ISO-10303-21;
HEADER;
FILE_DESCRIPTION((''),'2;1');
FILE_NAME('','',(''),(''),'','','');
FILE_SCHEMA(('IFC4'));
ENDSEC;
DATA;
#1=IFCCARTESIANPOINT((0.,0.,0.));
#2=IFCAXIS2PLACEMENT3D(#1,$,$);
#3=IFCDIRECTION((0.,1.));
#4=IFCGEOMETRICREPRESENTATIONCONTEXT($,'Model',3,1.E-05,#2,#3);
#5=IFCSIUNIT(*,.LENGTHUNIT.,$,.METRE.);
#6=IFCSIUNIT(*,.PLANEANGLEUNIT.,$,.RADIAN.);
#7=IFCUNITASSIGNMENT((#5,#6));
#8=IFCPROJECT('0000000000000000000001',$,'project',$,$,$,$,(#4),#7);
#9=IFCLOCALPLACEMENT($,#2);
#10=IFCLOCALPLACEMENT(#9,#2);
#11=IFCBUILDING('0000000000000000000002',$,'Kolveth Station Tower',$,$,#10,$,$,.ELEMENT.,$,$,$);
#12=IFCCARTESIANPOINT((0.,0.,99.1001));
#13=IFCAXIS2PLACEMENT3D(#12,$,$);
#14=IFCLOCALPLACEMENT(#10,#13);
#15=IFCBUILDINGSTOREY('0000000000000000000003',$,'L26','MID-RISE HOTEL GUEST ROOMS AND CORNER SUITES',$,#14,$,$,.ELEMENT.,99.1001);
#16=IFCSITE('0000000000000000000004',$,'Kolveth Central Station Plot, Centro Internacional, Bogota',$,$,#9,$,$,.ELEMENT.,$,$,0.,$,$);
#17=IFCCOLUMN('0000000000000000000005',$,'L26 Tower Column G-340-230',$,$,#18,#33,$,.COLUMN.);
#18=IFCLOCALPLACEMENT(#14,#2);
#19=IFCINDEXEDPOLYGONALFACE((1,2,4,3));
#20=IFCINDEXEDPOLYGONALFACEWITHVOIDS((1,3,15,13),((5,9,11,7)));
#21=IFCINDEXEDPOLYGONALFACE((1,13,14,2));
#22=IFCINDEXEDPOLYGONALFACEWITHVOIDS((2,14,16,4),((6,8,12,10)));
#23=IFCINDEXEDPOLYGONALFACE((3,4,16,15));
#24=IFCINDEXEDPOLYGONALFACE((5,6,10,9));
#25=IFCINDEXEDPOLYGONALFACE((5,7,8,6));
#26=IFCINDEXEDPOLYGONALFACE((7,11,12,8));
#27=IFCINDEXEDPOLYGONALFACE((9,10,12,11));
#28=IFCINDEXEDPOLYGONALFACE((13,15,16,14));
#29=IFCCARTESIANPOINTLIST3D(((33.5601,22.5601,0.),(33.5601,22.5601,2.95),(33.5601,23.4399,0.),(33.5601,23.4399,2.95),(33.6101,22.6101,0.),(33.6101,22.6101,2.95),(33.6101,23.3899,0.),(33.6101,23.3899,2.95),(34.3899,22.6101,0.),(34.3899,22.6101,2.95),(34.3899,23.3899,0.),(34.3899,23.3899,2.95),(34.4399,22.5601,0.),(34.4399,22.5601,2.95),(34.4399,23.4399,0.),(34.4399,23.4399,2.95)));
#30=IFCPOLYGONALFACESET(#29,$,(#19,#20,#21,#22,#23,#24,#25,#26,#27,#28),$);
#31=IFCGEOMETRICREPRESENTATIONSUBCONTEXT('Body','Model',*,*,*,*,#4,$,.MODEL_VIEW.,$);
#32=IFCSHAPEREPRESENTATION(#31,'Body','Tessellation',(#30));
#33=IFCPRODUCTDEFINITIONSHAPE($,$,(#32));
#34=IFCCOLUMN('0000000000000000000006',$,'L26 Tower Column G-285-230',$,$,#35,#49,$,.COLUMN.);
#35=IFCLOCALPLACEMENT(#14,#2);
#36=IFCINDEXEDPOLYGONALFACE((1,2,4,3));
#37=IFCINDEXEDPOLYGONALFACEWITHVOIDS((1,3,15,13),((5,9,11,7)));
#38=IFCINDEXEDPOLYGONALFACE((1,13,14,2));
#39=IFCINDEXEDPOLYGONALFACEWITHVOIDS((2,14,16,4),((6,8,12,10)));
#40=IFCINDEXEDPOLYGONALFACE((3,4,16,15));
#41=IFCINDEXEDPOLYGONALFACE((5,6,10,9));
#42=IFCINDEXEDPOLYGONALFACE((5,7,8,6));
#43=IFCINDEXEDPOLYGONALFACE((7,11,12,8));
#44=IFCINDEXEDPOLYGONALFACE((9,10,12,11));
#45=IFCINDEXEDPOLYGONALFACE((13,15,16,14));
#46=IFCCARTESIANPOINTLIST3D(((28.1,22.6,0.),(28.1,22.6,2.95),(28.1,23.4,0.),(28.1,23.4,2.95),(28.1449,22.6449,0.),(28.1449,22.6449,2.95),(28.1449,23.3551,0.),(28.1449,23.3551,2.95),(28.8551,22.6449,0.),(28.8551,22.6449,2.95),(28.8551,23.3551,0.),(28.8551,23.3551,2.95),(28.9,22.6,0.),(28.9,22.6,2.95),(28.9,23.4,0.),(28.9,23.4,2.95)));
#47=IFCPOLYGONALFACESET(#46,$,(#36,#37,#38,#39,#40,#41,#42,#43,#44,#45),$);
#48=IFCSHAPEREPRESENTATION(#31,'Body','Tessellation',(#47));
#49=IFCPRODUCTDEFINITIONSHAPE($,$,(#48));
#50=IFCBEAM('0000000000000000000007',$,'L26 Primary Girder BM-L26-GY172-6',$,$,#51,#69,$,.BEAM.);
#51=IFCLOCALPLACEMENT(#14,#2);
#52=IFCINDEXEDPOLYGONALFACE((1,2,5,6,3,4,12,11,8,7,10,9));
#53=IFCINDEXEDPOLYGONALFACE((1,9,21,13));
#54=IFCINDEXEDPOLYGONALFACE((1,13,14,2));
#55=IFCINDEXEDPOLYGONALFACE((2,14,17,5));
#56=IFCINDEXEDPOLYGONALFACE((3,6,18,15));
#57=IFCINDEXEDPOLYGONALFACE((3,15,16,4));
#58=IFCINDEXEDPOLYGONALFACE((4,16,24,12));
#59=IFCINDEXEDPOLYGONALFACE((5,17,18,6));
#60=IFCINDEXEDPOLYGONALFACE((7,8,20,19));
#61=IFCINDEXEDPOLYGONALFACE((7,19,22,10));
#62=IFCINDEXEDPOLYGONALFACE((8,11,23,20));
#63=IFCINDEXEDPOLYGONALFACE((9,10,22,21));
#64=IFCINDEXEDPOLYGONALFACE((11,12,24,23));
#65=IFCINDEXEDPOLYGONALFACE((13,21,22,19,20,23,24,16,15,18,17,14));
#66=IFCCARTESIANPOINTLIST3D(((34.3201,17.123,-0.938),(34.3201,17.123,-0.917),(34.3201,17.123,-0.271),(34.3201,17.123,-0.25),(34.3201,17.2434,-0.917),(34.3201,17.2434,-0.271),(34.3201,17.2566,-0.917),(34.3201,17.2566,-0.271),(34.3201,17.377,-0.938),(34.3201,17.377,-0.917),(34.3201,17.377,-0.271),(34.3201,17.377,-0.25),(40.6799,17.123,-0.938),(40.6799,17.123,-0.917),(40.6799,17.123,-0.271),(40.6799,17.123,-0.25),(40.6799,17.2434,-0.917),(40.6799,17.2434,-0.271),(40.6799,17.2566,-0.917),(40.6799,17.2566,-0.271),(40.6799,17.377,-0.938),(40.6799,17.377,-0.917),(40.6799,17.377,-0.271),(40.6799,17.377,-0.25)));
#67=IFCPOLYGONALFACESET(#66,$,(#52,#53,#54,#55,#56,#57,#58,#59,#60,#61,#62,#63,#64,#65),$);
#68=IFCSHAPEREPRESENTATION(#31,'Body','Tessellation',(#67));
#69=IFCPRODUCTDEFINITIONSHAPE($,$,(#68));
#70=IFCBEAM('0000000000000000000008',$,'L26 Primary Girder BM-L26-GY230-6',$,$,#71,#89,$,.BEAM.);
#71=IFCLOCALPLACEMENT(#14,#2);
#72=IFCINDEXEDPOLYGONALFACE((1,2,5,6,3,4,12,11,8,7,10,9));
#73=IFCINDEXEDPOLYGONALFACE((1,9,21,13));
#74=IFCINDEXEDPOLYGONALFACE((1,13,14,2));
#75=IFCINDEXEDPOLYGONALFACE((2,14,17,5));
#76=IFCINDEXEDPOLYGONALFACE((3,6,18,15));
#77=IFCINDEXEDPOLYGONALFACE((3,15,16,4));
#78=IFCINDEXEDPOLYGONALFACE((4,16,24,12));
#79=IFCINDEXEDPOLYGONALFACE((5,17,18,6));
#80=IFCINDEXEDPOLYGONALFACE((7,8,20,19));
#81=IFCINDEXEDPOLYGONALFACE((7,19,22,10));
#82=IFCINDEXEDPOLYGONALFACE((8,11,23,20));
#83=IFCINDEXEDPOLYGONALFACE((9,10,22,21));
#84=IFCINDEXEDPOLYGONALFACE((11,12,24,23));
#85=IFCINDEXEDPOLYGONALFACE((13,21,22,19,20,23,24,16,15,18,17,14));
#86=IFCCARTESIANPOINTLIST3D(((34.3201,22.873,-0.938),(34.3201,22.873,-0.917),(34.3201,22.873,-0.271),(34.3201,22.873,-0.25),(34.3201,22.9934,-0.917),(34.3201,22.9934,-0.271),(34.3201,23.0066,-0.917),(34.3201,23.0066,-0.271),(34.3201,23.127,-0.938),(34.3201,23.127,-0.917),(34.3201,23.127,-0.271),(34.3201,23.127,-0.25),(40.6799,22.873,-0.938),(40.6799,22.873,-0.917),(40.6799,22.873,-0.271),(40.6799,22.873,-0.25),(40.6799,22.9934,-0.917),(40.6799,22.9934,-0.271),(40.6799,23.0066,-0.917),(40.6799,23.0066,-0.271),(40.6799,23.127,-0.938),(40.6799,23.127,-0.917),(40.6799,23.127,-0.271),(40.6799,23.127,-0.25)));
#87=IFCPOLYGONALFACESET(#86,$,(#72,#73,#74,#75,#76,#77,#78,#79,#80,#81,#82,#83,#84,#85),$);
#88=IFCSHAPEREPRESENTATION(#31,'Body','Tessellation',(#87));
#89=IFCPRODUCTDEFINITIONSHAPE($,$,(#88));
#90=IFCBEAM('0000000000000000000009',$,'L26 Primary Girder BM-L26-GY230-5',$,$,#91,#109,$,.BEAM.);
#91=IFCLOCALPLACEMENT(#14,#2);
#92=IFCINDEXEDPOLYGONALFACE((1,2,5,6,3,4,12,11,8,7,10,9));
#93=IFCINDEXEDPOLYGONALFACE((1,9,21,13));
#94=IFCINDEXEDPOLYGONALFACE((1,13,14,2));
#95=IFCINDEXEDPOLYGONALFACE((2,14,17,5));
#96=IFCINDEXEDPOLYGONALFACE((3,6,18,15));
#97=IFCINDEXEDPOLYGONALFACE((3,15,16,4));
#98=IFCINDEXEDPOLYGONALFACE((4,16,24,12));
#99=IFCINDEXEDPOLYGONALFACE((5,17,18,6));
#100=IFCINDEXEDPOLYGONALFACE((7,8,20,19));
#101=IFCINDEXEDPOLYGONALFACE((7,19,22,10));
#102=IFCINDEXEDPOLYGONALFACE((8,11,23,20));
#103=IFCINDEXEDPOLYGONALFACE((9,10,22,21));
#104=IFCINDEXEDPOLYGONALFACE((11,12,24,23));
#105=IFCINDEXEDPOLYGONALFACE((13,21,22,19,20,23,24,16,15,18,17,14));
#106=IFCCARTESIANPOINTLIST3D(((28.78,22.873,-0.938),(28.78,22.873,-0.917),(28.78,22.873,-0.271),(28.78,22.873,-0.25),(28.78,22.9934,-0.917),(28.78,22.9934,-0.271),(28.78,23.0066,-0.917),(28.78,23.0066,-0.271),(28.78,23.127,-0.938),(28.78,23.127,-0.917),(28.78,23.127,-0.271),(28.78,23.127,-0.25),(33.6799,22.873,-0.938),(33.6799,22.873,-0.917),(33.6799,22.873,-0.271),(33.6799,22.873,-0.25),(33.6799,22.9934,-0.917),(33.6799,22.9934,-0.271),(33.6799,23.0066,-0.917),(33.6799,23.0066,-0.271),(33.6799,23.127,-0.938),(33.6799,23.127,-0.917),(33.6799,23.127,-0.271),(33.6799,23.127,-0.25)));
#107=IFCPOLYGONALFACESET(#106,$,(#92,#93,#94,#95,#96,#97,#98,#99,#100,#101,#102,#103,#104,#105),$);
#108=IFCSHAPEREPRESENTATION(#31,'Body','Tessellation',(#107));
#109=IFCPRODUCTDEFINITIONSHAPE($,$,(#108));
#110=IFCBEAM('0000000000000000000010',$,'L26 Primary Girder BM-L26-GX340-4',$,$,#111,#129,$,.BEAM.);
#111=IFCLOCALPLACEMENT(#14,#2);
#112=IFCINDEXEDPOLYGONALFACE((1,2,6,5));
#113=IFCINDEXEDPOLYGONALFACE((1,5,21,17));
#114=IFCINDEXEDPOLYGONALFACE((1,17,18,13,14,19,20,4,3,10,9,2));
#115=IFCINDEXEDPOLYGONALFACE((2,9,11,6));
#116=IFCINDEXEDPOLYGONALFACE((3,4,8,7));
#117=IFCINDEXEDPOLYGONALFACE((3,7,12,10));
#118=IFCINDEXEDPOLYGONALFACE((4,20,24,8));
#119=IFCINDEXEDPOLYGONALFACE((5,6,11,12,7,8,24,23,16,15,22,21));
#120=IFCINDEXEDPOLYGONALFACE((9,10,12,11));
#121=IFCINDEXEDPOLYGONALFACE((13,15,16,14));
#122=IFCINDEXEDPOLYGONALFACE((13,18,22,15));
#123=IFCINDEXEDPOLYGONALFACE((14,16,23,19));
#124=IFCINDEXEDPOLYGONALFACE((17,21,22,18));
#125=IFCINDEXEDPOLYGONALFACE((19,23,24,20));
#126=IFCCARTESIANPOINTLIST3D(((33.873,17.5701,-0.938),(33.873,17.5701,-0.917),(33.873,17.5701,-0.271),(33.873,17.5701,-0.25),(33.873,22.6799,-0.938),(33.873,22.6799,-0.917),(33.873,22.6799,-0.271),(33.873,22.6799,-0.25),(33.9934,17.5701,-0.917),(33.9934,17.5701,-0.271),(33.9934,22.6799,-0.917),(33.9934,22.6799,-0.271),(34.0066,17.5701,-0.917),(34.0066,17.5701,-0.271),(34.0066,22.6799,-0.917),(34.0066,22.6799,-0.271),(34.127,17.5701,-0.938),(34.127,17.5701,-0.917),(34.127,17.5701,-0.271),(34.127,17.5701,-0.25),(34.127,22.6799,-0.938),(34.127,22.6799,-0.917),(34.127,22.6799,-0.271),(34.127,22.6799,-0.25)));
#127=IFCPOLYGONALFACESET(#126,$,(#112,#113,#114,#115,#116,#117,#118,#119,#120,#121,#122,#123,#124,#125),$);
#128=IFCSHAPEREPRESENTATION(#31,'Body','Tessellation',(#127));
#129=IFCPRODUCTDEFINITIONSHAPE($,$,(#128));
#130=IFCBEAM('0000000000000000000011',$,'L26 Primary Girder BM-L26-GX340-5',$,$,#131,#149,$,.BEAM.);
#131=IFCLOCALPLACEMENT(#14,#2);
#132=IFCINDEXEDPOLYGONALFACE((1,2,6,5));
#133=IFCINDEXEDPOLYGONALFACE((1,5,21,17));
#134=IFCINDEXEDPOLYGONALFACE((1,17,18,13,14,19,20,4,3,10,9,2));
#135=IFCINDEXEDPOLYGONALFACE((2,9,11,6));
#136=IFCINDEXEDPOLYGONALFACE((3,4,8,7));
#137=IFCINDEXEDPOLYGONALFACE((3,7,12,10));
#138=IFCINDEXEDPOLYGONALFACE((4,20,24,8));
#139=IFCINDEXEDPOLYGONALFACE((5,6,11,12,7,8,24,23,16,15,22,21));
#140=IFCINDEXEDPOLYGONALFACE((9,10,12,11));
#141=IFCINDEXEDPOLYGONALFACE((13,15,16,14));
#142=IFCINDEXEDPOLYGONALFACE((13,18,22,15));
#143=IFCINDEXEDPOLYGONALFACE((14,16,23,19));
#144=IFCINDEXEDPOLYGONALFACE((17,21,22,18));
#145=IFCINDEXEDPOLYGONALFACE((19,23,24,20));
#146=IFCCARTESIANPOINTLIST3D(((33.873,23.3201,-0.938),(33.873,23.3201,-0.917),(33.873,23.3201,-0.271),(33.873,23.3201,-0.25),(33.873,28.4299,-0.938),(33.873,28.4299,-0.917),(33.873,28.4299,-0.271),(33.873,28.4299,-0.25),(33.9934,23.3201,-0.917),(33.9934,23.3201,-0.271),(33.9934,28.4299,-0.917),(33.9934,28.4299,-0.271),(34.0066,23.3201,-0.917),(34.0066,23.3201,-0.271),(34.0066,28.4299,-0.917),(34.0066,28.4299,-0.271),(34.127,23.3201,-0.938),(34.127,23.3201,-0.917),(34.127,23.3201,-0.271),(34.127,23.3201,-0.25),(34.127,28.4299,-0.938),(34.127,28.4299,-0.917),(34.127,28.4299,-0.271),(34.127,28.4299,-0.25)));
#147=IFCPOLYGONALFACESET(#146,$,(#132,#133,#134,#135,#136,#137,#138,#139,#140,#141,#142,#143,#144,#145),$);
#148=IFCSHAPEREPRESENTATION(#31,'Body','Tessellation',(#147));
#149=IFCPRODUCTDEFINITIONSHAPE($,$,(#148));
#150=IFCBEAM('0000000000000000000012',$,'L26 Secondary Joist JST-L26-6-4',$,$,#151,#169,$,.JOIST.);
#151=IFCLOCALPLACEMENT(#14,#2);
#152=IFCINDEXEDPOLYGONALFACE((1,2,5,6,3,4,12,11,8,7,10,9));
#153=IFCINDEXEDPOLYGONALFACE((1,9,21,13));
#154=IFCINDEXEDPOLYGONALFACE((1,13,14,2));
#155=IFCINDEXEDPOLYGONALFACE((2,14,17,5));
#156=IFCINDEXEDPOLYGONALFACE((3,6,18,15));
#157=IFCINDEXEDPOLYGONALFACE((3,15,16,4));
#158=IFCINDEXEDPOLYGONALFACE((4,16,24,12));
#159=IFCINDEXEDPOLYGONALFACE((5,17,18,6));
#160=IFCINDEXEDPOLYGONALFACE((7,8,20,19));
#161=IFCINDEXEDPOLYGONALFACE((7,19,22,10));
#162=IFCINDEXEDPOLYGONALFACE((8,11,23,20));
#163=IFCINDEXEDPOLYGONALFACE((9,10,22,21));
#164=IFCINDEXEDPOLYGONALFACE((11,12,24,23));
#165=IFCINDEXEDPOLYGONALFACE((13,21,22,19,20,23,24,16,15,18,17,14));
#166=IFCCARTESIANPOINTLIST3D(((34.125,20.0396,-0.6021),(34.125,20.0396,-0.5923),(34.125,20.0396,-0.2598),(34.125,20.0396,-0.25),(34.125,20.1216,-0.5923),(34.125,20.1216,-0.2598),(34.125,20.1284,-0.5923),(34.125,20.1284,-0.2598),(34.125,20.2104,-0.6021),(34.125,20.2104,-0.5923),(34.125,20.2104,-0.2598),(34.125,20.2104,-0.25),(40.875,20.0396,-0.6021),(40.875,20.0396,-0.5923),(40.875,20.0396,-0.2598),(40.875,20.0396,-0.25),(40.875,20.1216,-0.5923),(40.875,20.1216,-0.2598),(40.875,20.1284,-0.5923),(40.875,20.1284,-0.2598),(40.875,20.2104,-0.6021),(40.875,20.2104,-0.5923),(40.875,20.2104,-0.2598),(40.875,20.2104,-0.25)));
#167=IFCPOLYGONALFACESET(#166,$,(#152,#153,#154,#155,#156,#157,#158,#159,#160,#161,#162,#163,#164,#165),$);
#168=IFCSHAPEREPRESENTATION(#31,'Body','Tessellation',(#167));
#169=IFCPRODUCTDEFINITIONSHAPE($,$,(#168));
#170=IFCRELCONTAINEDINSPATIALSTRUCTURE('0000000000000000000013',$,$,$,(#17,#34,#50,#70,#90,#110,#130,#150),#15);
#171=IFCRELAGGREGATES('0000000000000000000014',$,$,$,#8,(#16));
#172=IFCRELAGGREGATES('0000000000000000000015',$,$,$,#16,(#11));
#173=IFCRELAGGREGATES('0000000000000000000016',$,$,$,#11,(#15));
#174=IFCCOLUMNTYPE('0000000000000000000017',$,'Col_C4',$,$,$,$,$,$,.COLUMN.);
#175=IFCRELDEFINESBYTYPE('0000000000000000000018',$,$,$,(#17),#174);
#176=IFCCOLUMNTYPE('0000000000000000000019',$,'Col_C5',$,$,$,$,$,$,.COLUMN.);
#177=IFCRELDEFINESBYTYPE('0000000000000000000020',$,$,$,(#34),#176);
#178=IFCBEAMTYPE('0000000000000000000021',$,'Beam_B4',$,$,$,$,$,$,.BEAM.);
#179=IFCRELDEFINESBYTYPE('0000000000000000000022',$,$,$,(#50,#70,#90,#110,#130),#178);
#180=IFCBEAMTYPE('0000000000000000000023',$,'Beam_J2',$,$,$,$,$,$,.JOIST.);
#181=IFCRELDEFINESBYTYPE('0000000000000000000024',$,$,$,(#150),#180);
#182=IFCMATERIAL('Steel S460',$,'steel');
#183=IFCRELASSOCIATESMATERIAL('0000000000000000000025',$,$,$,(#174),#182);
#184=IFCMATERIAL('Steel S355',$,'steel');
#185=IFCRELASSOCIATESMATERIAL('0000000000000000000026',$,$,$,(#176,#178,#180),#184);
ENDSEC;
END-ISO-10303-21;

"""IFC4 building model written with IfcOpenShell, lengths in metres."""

from ifc_helpers import new_model, si_unit, direction, frame, origin, origin_2d, place, context, subcontext, project, spatial, hollow_rectangle, i_section, extrude, source, transform, mapped, material, material_profile, profile_set, type_object, element, save


model = new_model("IFC4")

# Units and contexts
model_context = context("Model", 3, precision=1e-05, world=origin(), true_north=direction((0.0, 1.0)))
body_context = subcontext(model_context, "Body", "Model", "MODEL_VIEW")
ifc_project = project(units=[si_unit("LENGTHUNIT", "METRE"), si_unit("PLANEANGLEUNIT", "RADIAN")], contexts=[model_context])

# Site, building, storey
site_placement = place(None, origin())
site = spatial("IfcSite", under=ifc_project, at=site_placement, Name="Kolveth Central Station Plot, Centro Internacional, Bogota", CompositionType="ELEMENT", RefElevation=0.0)
building_placement = place(site_placement, origin())
building = spatial("IfcBuilding", under=site, at=building_placement, Name="Kolveth Station Tower", CompositionType="ELEMENT")
storey_placement = place(building_placement, frame((0.0, 0.0, 99.1001)))
storey = spatial("IfcBuildingStorey", under=building, at=storey_placement, Name="L26", Description="MID-RISE HOTEL GUEST ROOMS AND CORNER SUITES", CompositionType="ELEMENT", Elevation=99.1001)

# Columns
ifc_material_1 = material(Name="Steel S460", Category="steel")
ifc_material_profile_1 = material_profile(ifc_material_1, hollow_rectangle(XDim=0.8799, YDim=0.8799, WallThickness=0.05, at=origin_2d()), Name="BOX880x880x50")
ifc_profile_set_1 = profile_set([ifc_material_profile_1], Name="Steel S460")
column_type_1 = type_object("IfcColumnType", Name="Col_C4", PredefinedType="COLUMN", material=ifc_profile_set_1)
shared_shape_1 = source(origin(), body_context, "Body", "SweptSolid", [
    extrude(hollow_rectangle(XDim=0.8799, YDim=0.8799, WallThickness=0.05, at=origin_2d()), origin(), (0.0, 0.0, 1.0), 2.95),
])
column_1_placement = place(storey_placement, frame((34.0, 23.0, 0.0), z_axis=(0.0, 0.0, 1.0), x_axis=(1.0, 0.0, 0.0)))
element("IfcColumn", 1, at=column_1_placement, inside=storey, type_object=column_type_1, Name="L26 Tower Column G-340-230", PredefinedType="COLUMN", context=body_context, shape_type="MappedRepresentation", body=[
    mapped(shared_shape_1, transform((0.0, 0.0, 0.0), x_axis=(1.0, 0.0, 0.0), y_axis=(0.0, 1.0, 0.0), z_axis=(0.0, 0.0, 1.0), scale=1.0)),
])
ifc_material_2 = material(Name="Steel S355", Category="steel")
ifc_material_profile_2 = material_profile(ifc_material_2, hollow_rectangle(XDim=0.8, YDim=0.8, WallThickness=0.0449, at=origin_2d()), Name="BOX800x800x45")
ifc_profile_set_2 = profile_set([ifc_material_profile_2], Name="Steel S355")
column_type_2 = type_object("IfcColumnType", Name="Col_C5", PredefinedType="COLUMN", material=ifc_profile_set_2)
shared_shape_2 = source(origin(), body_context, "Body", "SweptSolid", [
    extrude(hollow_rectangle(XDim=0.8, YDim=0.8, WallThickness=0.0449, at=origin_2d()), origin(), (0.0, 0.0, 1.0), 2.95),
])
column_2_placement = place(storey_placement, frame((28.5, 23.0, 0.0), z_axis=(0.0, 0.0, 1.0), x_axis=(1.0, 0.0, 0.0)))
element("IfcColumn", 2, at=column_2_placement, inside=storey, type_object=column_type_2, Name="L26 Tower Column G-285-230", PredefinedType="COLUMN", context=body_context, shape_type="MappedRepresentation", body=[
    mapped(shared_shape_2, transform((0.0, 0.0, 0.0), x_axis=(1.0, 0.0, 0.0), y_axis=(0.0, 1.0, 0.0), z_axis=(0.0, 0.0, 1.0), scale=1.0)),
])

# Beams
ifc_material_profile_3 = material_profile(ifc_material_2, i_section(OverallWidth=0.2539, OverallDepth=0.688, WebThickness=0.0132, FlangeThickness=0.021, at=origin_2d()), Name="W690x152")
ifc_profile_set_3 = profile_set([ifc_material_profile_3], Name="Steel S355")
beam_type_1 = type_object("IfcBeamType", Name="Beam_B4", PredefinedType="BEAM", material=ifc_profile_set_3)
shared_shape_3 = source(origin(), body_context, "Body", "SweptSolid", [
    extrude(i_section(OverallWidth=0.2539, OverallDepth=0.688, WebThickness=0.0132, FlangeThickness=0.021, at=origin_2d()), origin(), (0.0, 0.0, 1.0), 6.3599),
])
for number, where, z_axis, x_axis, name in (
    (3, (34.3201, 17.25, -0.594), (1.0, 0.0, 0.0), (0.0, 1.0, 0.0), "L26 Primary Girder BM-L26-GY172-6"),
    (4, (34.3201, 23.0, -0.594), (1.0, 0.0, 0.0), (0.0, 1.0, 0.0), "L26 Primary Girder BM-L26-GY230-6"),
):
    element("IfcBeam", number, at=place(storey_placement, frame(where, z_axis=z_axis, x_axis=x_axis)), inside=storey, type_object=beam_type_1, Name=name, PredefinedType="BEAM", context=body_context, shape_type="MappedRepresentation", body=[
        mapped(shared_shape_3, transform((0.0, 0.0, 0.0), x_axis=(1.0, 0.0, 0.0), y_axis=(0.0, 1.0, 0.0), z_axis=(0.0, 0.0, 1.0), scale=1.0)),
    ])
shared_shape_4 = source(origin(), body_context, "Body", "SweptSolid", [
    extrude(i_section(OverallWidth=0.2539, OverallDepth=0.688, WebThickness=0.0132, FlangeThickness=0.021, at=origin_2d()), origin(), (0.0, 0.0, 1.0), 4.8999),
])
beam_1_placement = place(storey_placement, frame((28.78, 23.0, -0.594), z_axis=(1.0, 0.0, 0.0), x_axis=(0.0, 1.0, 0.0)))
element("IfcBeam", 5, at=beam_1_placement, inside=storey, type_object=beam_type_1, Name="L26 Primary Girder BM-L26-GY230-5", PredefinedType="BEAM", context=body_context, shape_type="MappedRepresentation", body=[
    mapped(shared_shape_4, transform((0.0, 0.0, 0.0), x_axis=(1.0, 0.0, 0.0), y_axis=(0.0, 1.0, 0.0), z_axis=(0.0, 0.0, 1.0), scale=1.0)),
])
shared_shape_5 = source(origin(), body_context, "Body", "SweptSolid", [
    extrude(i_section(OverallWidth=0.2539, OverallDepth=0.688, WebThickness=0.0132, FlangeThickness=0.021, at=origin_2d()), origin(), (0.0, 0.0, 1.0), 5.1099),
])
for number, where, z_axis, x_axis, name in (
    (6, (34.0, 17.5701, -0.594), (0.0, 1.0, 0.0), (-1.0, 0.0, 0.0), "L26 Primary Girder BM-L26-GX340-4"),
    (7, (34.0, 23.3201, -0.594), (0.0, 1.0, 0.0), (-1.0, 0.0, 0.0), "L26 Primary Girder BM-L26-GX340-5"),
):
    element("IfcBeam", number, at=place(storey_placement, frame(where, z_axis=z_axis, x_axis=x_axis)), inside=storey, type_object=beam_type_1, Name=name, PredefinedType="BEAM", context=body_context, shape_type="MappedRepresentation", body=[
        mapped(shared_shape_5, transform((0.0, 0.0, 0.0), x_axis=(1.0, 0.0, 0.0), y_axis=(0.0, 1.0, 0.0), z_axis=(0.0, 0.0, 1.0), scale=1.0)),
    ])
ifc_material_profile_4 = material_profile(ifc_material_2, i_section(OverallWidth=0.1709, OverallDepth=0.3521, WebThickness=0.0068, FlangeThickness=0.0098, at=origin_2d()), Name="W360x44")
ifc_profile_set_4 = profile_set([ifc_material_profile_4], Name="Steel S355")
beam_type_2 = type_object("IfcBeamType", Name="Beam_J2", PredefinedType="JOIST", material=ifc_profile_set_4)
shared_shape_6 = source(origin(), body_context, "Body", "SweptSolid", [
    extrude(i_section(OverallWidth=0.1709, OverallDepth=0.3521, WebThickness=0.0068, FlangeThickness=0.0098, at=origin_2d()), origin(), (0.0, 0.0, 1.0), 6.75),
])
beam_2_placement = place(storey_placement, frame((34.125, 20.125, -0.426), z_axis=(1.0, 0.0, 0.0), x_axis=(0.0, 1.0, 0.0)))
element("IfcBeam", 8, at=beam_2_placement, inside=storey, type_object=beam_type_2, Name="L26 Secondary Joist JST-L26-6-4", PredefinedType="JOIST", context=body_context, shape_type="MappedRepresentation", body=[
    mapped(shared_shape_6, transform((0.0, 0.0, 0.0), x_axis=(1.0, 0.0, 0.0), y_axis=(0.0, 1.0, 0.0), z_axis=(0.0, 0.0, 1.0), scale=1.0)),
])

save(model, "model.ifc")
